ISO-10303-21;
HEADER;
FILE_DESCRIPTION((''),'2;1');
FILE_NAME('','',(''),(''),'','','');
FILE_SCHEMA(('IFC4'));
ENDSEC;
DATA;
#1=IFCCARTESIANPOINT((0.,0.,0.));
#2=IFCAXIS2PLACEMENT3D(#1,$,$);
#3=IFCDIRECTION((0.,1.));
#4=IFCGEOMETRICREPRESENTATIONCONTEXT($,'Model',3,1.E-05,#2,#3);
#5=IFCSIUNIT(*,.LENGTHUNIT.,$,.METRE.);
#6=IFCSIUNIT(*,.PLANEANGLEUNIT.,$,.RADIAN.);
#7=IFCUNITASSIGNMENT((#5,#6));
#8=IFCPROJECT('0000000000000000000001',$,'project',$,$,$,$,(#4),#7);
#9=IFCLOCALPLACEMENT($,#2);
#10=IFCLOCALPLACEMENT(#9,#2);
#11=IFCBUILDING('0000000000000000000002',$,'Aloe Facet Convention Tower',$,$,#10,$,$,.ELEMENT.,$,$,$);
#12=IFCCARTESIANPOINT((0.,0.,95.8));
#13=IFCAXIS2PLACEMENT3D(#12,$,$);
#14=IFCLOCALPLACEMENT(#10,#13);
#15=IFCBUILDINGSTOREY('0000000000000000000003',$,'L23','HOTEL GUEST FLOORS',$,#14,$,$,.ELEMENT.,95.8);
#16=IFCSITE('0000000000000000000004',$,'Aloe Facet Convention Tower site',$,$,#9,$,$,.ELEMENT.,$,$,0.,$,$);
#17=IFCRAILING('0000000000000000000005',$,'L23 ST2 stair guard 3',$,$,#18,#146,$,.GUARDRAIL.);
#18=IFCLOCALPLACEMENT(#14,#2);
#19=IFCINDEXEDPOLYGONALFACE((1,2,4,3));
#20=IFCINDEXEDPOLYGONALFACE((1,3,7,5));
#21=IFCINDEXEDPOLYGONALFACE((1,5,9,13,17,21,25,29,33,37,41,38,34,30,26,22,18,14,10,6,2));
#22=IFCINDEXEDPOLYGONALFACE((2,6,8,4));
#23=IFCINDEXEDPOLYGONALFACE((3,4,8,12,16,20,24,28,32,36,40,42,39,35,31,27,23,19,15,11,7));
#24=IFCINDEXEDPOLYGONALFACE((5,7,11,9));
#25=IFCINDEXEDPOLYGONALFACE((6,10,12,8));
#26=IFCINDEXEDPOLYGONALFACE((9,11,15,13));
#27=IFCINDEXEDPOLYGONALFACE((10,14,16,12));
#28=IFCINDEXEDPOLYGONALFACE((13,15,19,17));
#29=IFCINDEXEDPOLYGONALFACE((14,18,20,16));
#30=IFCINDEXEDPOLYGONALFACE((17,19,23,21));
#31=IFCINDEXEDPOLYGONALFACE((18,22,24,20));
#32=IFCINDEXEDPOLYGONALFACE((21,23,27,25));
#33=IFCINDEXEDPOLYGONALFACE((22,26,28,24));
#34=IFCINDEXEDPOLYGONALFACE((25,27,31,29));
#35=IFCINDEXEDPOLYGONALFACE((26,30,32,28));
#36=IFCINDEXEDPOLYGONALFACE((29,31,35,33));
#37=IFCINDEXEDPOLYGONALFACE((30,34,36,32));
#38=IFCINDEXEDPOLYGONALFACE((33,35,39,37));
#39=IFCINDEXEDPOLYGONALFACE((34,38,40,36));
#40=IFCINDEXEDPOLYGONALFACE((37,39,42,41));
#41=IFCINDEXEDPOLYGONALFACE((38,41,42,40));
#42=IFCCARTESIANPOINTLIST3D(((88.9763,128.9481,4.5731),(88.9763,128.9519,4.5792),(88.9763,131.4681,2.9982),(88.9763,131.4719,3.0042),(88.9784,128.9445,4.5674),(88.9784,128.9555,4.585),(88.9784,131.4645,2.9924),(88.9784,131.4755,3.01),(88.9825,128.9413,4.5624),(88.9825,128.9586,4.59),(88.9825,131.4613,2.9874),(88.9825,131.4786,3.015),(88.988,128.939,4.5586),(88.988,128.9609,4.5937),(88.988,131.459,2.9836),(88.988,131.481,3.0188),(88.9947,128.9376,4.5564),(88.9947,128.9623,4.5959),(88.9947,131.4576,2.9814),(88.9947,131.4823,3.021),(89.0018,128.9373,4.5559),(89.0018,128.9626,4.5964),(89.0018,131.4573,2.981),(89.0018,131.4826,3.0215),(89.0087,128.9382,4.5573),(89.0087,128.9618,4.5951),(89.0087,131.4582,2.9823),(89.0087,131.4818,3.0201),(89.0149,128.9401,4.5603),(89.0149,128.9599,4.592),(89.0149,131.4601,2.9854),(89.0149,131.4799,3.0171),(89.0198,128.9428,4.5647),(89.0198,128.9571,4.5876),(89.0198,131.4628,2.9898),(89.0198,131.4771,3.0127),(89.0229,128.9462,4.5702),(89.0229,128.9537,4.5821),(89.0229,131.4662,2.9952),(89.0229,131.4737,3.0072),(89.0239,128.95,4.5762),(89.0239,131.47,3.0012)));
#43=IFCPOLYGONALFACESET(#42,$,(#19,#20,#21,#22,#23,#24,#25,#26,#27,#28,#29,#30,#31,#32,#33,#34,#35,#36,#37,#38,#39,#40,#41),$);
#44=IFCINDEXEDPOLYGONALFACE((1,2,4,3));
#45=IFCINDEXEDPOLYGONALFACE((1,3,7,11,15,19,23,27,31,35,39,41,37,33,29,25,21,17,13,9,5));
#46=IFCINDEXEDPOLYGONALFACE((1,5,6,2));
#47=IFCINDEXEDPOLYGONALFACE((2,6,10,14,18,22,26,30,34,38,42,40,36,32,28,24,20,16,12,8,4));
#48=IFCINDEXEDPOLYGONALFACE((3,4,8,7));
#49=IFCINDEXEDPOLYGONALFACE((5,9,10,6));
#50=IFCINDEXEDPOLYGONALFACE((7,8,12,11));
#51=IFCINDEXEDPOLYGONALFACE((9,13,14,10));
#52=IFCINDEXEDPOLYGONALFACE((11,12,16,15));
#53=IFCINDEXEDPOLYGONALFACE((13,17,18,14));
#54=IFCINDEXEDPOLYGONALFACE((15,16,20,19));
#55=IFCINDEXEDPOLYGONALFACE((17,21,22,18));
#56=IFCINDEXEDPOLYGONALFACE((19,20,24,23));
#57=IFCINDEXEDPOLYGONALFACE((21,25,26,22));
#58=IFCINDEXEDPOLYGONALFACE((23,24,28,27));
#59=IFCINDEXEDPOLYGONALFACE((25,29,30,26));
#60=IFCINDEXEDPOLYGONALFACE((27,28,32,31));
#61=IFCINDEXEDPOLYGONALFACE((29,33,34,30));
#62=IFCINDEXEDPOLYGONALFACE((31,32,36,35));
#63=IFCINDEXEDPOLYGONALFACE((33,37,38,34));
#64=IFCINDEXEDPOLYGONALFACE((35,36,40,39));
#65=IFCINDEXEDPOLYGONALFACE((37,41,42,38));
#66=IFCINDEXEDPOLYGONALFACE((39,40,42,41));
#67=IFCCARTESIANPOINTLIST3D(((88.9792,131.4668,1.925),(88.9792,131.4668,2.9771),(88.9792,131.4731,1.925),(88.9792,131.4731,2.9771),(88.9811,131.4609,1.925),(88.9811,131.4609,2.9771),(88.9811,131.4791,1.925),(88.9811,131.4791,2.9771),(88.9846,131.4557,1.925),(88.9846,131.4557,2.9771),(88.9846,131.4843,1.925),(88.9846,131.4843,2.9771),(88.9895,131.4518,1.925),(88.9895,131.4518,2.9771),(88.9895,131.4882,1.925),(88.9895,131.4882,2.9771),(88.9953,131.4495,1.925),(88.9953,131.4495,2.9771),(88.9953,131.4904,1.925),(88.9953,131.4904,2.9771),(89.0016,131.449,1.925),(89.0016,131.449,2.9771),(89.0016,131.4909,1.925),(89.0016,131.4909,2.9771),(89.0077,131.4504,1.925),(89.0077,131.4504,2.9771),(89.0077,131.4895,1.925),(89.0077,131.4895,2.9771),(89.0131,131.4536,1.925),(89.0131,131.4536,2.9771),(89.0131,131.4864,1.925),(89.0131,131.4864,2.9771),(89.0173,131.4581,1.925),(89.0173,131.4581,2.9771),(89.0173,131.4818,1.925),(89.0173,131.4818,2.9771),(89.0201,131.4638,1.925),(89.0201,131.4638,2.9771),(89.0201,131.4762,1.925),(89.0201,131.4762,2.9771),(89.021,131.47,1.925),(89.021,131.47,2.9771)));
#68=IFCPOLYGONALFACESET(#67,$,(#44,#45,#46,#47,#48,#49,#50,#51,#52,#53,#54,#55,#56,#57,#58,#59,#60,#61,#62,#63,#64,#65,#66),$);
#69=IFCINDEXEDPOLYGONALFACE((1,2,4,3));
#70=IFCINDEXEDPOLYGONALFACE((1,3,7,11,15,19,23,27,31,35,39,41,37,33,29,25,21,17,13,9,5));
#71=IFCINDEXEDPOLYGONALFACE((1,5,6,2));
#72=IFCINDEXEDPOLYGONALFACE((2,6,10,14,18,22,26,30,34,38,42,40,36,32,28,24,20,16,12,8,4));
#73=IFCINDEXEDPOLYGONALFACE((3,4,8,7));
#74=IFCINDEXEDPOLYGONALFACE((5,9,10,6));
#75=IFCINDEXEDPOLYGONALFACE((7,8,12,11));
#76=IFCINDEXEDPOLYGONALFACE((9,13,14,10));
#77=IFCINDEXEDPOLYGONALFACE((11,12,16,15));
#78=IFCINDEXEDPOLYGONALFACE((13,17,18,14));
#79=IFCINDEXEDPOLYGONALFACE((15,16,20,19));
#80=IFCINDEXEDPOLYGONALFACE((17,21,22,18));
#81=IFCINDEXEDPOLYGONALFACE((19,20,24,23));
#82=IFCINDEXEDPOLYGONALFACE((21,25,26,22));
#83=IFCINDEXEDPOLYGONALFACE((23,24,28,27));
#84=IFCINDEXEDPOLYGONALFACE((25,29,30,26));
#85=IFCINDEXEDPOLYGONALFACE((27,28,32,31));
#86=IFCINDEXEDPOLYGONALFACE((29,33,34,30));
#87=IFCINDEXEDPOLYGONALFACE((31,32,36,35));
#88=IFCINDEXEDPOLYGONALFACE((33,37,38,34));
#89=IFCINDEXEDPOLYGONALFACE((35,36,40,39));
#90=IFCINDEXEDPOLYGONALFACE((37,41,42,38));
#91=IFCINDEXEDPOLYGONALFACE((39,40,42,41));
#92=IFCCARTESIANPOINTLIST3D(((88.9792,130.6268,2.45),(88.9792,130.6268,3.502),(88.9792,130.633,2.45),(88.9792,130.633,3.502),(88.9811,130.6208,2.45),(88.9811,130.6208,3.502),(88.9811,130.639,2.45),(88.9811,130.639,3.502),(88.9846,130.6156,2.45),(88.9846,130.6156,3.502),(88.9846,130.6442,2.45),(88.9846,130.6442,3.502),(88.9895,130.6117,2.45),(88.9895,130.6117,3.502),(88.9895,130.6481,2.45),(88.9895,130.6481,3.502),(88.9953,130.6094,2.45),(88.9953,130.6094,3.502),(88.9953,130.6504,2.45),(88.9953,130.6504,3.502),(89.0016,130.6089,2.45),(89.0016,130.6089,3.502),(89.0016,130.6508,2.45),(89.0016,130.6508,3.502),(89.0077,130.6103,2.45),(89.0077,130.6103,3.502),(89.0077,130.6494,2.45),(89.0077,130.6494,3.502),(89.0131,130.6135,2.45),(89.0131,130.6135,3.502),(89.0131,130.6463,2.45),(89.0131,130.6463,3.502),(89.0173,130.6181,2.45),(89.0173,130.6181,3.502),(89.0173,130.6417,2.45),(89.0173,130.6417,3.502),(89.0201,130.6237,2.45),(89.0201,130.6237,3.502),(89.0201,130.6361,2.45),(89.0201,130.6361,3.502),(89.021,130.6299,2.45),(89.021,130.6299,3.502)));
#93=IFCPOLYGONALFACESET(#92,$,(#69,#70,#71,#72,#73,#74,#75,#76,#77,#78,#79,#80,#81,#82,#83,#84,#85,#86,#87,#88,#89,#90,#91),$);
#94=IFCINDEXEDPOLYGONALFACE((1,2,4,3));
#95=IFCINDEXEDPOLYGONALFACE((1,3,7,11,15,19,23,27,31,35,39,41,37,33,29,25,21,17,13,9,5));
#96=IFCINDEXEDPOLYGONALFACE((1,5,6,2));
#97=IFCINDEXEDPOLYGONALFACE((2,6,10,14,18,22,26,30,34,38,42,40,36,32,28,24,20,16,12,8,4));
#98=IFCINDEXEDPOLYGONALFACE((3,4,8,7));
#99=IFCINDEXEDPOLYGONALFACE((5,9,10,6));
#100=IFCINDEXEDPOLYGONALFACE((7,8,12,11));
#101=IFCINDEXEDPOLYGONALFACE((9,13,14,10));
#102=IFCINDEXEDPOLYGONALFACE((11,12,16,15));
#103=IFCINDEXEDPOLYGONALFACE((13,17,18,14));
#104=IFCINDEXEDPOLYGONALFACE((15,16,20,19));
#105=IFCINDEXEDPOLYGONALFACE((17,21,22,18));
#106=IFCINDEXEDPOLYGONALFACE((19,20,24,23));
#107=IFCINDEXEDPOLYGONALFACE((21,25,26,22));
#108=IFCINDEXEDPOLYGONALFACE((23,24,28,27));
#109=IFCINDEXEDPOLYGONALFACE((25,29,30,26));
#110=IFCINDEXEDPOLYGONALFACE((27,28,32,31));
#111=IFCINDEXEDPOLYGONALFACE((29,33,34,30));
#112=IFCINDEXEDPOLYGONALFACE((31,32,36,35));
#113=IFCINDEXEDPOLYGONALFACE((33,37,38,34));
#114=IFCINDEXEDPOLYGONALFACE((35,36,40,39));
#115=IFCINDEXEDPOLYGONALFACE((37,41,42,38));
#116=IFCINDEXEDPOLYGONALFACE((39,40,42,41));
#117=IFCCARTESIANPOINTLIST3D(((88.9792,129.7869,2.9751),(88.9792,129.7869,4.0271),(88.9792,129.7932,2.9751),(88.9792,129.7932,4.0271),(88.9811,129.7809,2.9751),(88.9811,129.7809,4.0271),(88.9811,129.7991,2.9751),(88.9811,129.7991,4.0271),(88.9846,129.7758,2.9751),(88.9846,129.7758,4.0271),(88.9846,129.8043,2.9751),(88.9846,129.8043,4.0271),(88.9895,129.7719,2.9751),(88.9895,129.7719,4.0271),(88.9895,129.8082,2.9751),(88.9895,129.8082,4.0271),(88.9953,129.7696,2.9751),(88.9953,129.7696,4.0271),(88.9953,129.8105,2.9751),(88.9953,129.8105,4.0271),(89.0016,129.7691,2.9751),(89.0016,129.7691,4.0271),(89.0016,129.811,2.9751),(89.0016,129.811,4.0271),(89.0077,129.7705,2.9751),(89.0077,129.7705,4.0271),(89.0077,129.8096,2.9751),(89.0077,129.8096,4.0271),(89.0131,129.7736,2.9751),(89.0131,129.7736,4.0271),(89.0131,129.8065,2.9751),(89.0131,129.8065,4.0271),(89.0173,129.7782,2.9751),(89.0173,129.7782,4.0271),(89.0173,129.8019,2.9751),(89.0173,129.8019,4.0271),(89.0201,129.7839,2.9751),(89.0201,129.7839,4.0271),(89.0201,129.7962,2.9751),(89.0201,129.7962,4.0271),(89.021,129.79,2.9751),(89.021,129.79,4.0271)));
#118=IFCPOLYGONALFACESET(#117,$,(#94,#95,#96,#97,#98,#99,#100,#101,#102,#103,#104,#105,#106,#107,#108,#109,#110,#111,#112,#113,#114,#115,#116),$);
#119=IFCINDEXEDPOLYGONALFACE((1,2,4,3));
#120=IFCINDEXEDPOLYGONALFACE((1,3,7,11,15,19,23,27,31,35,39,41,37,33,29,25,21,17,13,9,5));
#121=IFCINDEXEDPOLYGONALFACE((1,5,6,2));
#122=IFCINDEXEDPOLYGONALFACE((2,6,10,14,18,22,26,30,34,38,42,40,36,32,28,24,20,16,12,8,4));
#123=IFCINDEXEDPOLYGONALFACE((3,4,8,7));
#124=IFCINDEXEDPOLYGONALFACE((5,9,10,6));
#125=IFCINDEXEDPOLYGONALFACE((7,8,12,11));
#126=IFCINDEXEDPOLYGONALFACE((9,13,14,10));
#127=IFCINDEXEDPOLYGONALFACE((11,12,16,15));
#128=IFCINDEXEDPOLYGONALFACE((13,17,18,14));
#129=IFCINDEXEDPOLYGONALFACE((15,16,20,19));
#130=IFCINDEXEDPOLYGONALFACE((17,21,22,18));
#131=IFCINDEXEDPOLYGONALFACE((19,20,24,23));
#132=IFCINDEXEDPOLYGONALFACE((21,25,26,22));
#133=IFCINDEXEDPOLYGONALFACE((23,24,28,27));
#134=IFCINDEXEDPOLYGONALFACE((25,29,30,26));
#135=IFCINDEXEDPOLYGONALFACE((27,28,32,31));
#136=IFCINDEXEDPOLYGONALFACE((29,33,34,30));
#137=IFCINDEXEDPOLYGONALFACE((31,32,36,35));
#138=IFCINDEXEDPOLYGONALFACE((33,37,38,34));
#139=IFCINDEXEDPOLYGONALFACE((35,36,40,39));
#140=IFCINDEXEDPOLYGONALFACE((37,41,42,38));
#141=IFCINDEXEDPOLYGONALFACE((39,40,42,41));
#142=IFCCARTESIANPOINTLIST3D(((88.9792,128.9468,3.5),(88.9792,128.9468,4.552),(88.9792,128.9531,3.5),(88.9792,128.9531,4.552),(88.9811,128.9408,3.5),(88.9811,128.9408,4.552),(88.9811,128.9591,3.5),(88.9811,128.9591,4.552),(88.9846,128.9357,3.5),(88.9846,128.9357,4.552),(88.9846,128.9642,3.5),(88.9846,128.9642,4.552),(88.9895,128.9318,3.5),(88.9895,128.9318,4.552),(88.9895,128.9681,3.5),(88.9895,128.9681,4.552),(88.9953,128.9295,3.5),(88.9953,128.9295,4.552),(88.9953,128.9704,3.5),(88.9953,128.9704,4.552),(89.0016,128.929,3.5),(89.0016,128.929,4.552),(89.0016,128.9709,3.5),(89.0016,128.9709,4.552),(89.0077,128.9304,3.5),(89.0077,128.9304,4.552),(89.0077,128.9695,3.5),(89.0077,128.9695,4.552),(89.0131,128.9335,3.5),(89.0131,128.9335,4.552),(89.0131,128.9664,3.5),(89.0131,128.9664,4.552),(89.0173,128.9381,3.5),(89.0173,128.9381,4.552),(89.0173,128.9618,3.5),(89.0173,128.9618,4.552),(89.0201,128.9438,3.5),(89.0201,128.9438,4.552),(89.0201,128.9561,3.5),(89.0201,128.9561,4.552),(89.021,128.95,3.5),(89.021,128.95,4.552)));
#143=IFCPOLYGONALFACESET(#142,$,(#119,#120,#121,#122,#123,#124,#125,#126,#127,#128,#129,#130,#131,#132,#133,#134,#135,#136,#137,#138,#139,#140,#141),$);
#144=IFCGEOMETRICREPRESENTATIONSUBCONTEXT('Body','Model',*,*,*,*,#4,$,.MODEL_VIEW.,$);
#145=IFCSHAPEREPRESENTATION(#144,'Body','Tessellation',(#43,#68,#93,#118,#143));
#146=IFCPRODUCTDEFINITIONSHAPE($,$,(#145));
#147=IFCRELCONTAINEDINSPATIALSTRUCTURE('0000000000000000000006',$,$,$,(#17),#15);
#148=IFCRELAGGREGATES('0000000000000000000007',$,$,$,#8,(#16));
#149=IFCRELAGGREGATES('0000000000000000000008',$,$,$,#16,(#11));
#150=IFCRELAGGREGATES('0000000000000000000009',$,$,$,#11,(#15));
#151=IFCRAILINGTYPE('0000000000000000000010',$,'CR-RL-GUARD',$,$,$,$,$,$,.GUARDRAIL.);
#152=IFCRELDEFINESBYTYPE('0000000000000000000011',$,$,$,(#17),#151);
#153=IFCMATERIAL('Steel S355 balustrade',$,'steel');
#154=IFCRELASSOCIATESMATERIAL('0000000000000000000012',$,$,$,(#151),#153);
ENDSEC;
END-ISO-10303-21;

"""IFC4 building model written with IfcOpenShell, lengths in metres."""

from ifc_helpers import new_model, si_unit, direction, frame, origin, origin_2d, place, context, subcontext, project, spatial, circle, extrude, material, type_object, element, save


model = new_model("IFC4")

# Units and contexts
model_context = context("Model", 3, precision=1e-05, world=origin(), true_north=direction((0.0, 1.0)))
body_context = subcontext(model_context, "Body", "Model", "MODEL_VIEW")
ifc_project = project(units=[si_unit("LENGTHUNIT", "METRE"), si_unit("PLANEANGLEUNIT", "RADIAN")], contexts=[model_context])

# Site, building, storey
site_placement = place(None, origin())
site = spatial("IfcSite", under=ifc_project, at=site_placement, Name="Aloe Facet Convention Tower site", CompositionType="ELEMENT", RefElevation=0.0)
building_placement = place(site_placement, origin())
building = spatial("IfcBuilding", under=site, at=building_placement, Name="Aloe Facet Convention Tower", CompositionType="ELEMENT")
storey_placement = place(building_placement, frame((0.0, 0.0, 95.8)))
storey = spatial("IfcBuildingStorey", under=building, at=storey_placement, Name="L23", Description="HOTEL GUEST FLOORS", CompositionType="ELEMENT", Elevation=95.8)

# Railing
ifc_material_1 = material(Name="Steel S355 balustrade", Category="steel")
railing_type_1 = type_object("IfcRailingType", Name="CR-RL-GUARD", PredefinedType="GUARDRAIL", material=ifc_material_1)
railing_1_placement = place(storey_placement, frame((89.0, 131.47, 1.925)))
element("IfcRailing", 1, at=railing_1_placement, inside=storey, type_object=railing_type_1, Name="L23 ST2 stair guard 3", PredefinedType="GUARDRAIL", context=body_context, shape_type="SweptSolid", body=[
    extrude(circle(Radius=0.0239, at=origin_2d()), frame((0.0, 0.0, 1.0762), z_axis=(0.0, -0.848008, 0.529984), x_axis=(1.0, 0.0, 0.0)), (0.0, 0.0, 1.0), 2.9717),
    extrude(circle(Radius=0.021, at=origin_2d()), origin(), (0.0, 0.0, 1.0), 1.052),
    extrude(circle(Radius=0.021, at=origin_2d()), frame((0.0, -0.8401, 0.5249)), (0.0, 0.0, 1.0), 1.052),
    extrude(circle(Radius=0.021, at=origin_2d()), frame((0.0, -1.6799, 1.05)), (0.0, 0.0, 1.0), 1.052),
    extrude(circle(Radius=0.021, at=origin_2d()), frame((0.0, -2.52, 1.575)), (0.0, 0.0, 1.0), 1.052),
])

save(model, "model.ifc")
